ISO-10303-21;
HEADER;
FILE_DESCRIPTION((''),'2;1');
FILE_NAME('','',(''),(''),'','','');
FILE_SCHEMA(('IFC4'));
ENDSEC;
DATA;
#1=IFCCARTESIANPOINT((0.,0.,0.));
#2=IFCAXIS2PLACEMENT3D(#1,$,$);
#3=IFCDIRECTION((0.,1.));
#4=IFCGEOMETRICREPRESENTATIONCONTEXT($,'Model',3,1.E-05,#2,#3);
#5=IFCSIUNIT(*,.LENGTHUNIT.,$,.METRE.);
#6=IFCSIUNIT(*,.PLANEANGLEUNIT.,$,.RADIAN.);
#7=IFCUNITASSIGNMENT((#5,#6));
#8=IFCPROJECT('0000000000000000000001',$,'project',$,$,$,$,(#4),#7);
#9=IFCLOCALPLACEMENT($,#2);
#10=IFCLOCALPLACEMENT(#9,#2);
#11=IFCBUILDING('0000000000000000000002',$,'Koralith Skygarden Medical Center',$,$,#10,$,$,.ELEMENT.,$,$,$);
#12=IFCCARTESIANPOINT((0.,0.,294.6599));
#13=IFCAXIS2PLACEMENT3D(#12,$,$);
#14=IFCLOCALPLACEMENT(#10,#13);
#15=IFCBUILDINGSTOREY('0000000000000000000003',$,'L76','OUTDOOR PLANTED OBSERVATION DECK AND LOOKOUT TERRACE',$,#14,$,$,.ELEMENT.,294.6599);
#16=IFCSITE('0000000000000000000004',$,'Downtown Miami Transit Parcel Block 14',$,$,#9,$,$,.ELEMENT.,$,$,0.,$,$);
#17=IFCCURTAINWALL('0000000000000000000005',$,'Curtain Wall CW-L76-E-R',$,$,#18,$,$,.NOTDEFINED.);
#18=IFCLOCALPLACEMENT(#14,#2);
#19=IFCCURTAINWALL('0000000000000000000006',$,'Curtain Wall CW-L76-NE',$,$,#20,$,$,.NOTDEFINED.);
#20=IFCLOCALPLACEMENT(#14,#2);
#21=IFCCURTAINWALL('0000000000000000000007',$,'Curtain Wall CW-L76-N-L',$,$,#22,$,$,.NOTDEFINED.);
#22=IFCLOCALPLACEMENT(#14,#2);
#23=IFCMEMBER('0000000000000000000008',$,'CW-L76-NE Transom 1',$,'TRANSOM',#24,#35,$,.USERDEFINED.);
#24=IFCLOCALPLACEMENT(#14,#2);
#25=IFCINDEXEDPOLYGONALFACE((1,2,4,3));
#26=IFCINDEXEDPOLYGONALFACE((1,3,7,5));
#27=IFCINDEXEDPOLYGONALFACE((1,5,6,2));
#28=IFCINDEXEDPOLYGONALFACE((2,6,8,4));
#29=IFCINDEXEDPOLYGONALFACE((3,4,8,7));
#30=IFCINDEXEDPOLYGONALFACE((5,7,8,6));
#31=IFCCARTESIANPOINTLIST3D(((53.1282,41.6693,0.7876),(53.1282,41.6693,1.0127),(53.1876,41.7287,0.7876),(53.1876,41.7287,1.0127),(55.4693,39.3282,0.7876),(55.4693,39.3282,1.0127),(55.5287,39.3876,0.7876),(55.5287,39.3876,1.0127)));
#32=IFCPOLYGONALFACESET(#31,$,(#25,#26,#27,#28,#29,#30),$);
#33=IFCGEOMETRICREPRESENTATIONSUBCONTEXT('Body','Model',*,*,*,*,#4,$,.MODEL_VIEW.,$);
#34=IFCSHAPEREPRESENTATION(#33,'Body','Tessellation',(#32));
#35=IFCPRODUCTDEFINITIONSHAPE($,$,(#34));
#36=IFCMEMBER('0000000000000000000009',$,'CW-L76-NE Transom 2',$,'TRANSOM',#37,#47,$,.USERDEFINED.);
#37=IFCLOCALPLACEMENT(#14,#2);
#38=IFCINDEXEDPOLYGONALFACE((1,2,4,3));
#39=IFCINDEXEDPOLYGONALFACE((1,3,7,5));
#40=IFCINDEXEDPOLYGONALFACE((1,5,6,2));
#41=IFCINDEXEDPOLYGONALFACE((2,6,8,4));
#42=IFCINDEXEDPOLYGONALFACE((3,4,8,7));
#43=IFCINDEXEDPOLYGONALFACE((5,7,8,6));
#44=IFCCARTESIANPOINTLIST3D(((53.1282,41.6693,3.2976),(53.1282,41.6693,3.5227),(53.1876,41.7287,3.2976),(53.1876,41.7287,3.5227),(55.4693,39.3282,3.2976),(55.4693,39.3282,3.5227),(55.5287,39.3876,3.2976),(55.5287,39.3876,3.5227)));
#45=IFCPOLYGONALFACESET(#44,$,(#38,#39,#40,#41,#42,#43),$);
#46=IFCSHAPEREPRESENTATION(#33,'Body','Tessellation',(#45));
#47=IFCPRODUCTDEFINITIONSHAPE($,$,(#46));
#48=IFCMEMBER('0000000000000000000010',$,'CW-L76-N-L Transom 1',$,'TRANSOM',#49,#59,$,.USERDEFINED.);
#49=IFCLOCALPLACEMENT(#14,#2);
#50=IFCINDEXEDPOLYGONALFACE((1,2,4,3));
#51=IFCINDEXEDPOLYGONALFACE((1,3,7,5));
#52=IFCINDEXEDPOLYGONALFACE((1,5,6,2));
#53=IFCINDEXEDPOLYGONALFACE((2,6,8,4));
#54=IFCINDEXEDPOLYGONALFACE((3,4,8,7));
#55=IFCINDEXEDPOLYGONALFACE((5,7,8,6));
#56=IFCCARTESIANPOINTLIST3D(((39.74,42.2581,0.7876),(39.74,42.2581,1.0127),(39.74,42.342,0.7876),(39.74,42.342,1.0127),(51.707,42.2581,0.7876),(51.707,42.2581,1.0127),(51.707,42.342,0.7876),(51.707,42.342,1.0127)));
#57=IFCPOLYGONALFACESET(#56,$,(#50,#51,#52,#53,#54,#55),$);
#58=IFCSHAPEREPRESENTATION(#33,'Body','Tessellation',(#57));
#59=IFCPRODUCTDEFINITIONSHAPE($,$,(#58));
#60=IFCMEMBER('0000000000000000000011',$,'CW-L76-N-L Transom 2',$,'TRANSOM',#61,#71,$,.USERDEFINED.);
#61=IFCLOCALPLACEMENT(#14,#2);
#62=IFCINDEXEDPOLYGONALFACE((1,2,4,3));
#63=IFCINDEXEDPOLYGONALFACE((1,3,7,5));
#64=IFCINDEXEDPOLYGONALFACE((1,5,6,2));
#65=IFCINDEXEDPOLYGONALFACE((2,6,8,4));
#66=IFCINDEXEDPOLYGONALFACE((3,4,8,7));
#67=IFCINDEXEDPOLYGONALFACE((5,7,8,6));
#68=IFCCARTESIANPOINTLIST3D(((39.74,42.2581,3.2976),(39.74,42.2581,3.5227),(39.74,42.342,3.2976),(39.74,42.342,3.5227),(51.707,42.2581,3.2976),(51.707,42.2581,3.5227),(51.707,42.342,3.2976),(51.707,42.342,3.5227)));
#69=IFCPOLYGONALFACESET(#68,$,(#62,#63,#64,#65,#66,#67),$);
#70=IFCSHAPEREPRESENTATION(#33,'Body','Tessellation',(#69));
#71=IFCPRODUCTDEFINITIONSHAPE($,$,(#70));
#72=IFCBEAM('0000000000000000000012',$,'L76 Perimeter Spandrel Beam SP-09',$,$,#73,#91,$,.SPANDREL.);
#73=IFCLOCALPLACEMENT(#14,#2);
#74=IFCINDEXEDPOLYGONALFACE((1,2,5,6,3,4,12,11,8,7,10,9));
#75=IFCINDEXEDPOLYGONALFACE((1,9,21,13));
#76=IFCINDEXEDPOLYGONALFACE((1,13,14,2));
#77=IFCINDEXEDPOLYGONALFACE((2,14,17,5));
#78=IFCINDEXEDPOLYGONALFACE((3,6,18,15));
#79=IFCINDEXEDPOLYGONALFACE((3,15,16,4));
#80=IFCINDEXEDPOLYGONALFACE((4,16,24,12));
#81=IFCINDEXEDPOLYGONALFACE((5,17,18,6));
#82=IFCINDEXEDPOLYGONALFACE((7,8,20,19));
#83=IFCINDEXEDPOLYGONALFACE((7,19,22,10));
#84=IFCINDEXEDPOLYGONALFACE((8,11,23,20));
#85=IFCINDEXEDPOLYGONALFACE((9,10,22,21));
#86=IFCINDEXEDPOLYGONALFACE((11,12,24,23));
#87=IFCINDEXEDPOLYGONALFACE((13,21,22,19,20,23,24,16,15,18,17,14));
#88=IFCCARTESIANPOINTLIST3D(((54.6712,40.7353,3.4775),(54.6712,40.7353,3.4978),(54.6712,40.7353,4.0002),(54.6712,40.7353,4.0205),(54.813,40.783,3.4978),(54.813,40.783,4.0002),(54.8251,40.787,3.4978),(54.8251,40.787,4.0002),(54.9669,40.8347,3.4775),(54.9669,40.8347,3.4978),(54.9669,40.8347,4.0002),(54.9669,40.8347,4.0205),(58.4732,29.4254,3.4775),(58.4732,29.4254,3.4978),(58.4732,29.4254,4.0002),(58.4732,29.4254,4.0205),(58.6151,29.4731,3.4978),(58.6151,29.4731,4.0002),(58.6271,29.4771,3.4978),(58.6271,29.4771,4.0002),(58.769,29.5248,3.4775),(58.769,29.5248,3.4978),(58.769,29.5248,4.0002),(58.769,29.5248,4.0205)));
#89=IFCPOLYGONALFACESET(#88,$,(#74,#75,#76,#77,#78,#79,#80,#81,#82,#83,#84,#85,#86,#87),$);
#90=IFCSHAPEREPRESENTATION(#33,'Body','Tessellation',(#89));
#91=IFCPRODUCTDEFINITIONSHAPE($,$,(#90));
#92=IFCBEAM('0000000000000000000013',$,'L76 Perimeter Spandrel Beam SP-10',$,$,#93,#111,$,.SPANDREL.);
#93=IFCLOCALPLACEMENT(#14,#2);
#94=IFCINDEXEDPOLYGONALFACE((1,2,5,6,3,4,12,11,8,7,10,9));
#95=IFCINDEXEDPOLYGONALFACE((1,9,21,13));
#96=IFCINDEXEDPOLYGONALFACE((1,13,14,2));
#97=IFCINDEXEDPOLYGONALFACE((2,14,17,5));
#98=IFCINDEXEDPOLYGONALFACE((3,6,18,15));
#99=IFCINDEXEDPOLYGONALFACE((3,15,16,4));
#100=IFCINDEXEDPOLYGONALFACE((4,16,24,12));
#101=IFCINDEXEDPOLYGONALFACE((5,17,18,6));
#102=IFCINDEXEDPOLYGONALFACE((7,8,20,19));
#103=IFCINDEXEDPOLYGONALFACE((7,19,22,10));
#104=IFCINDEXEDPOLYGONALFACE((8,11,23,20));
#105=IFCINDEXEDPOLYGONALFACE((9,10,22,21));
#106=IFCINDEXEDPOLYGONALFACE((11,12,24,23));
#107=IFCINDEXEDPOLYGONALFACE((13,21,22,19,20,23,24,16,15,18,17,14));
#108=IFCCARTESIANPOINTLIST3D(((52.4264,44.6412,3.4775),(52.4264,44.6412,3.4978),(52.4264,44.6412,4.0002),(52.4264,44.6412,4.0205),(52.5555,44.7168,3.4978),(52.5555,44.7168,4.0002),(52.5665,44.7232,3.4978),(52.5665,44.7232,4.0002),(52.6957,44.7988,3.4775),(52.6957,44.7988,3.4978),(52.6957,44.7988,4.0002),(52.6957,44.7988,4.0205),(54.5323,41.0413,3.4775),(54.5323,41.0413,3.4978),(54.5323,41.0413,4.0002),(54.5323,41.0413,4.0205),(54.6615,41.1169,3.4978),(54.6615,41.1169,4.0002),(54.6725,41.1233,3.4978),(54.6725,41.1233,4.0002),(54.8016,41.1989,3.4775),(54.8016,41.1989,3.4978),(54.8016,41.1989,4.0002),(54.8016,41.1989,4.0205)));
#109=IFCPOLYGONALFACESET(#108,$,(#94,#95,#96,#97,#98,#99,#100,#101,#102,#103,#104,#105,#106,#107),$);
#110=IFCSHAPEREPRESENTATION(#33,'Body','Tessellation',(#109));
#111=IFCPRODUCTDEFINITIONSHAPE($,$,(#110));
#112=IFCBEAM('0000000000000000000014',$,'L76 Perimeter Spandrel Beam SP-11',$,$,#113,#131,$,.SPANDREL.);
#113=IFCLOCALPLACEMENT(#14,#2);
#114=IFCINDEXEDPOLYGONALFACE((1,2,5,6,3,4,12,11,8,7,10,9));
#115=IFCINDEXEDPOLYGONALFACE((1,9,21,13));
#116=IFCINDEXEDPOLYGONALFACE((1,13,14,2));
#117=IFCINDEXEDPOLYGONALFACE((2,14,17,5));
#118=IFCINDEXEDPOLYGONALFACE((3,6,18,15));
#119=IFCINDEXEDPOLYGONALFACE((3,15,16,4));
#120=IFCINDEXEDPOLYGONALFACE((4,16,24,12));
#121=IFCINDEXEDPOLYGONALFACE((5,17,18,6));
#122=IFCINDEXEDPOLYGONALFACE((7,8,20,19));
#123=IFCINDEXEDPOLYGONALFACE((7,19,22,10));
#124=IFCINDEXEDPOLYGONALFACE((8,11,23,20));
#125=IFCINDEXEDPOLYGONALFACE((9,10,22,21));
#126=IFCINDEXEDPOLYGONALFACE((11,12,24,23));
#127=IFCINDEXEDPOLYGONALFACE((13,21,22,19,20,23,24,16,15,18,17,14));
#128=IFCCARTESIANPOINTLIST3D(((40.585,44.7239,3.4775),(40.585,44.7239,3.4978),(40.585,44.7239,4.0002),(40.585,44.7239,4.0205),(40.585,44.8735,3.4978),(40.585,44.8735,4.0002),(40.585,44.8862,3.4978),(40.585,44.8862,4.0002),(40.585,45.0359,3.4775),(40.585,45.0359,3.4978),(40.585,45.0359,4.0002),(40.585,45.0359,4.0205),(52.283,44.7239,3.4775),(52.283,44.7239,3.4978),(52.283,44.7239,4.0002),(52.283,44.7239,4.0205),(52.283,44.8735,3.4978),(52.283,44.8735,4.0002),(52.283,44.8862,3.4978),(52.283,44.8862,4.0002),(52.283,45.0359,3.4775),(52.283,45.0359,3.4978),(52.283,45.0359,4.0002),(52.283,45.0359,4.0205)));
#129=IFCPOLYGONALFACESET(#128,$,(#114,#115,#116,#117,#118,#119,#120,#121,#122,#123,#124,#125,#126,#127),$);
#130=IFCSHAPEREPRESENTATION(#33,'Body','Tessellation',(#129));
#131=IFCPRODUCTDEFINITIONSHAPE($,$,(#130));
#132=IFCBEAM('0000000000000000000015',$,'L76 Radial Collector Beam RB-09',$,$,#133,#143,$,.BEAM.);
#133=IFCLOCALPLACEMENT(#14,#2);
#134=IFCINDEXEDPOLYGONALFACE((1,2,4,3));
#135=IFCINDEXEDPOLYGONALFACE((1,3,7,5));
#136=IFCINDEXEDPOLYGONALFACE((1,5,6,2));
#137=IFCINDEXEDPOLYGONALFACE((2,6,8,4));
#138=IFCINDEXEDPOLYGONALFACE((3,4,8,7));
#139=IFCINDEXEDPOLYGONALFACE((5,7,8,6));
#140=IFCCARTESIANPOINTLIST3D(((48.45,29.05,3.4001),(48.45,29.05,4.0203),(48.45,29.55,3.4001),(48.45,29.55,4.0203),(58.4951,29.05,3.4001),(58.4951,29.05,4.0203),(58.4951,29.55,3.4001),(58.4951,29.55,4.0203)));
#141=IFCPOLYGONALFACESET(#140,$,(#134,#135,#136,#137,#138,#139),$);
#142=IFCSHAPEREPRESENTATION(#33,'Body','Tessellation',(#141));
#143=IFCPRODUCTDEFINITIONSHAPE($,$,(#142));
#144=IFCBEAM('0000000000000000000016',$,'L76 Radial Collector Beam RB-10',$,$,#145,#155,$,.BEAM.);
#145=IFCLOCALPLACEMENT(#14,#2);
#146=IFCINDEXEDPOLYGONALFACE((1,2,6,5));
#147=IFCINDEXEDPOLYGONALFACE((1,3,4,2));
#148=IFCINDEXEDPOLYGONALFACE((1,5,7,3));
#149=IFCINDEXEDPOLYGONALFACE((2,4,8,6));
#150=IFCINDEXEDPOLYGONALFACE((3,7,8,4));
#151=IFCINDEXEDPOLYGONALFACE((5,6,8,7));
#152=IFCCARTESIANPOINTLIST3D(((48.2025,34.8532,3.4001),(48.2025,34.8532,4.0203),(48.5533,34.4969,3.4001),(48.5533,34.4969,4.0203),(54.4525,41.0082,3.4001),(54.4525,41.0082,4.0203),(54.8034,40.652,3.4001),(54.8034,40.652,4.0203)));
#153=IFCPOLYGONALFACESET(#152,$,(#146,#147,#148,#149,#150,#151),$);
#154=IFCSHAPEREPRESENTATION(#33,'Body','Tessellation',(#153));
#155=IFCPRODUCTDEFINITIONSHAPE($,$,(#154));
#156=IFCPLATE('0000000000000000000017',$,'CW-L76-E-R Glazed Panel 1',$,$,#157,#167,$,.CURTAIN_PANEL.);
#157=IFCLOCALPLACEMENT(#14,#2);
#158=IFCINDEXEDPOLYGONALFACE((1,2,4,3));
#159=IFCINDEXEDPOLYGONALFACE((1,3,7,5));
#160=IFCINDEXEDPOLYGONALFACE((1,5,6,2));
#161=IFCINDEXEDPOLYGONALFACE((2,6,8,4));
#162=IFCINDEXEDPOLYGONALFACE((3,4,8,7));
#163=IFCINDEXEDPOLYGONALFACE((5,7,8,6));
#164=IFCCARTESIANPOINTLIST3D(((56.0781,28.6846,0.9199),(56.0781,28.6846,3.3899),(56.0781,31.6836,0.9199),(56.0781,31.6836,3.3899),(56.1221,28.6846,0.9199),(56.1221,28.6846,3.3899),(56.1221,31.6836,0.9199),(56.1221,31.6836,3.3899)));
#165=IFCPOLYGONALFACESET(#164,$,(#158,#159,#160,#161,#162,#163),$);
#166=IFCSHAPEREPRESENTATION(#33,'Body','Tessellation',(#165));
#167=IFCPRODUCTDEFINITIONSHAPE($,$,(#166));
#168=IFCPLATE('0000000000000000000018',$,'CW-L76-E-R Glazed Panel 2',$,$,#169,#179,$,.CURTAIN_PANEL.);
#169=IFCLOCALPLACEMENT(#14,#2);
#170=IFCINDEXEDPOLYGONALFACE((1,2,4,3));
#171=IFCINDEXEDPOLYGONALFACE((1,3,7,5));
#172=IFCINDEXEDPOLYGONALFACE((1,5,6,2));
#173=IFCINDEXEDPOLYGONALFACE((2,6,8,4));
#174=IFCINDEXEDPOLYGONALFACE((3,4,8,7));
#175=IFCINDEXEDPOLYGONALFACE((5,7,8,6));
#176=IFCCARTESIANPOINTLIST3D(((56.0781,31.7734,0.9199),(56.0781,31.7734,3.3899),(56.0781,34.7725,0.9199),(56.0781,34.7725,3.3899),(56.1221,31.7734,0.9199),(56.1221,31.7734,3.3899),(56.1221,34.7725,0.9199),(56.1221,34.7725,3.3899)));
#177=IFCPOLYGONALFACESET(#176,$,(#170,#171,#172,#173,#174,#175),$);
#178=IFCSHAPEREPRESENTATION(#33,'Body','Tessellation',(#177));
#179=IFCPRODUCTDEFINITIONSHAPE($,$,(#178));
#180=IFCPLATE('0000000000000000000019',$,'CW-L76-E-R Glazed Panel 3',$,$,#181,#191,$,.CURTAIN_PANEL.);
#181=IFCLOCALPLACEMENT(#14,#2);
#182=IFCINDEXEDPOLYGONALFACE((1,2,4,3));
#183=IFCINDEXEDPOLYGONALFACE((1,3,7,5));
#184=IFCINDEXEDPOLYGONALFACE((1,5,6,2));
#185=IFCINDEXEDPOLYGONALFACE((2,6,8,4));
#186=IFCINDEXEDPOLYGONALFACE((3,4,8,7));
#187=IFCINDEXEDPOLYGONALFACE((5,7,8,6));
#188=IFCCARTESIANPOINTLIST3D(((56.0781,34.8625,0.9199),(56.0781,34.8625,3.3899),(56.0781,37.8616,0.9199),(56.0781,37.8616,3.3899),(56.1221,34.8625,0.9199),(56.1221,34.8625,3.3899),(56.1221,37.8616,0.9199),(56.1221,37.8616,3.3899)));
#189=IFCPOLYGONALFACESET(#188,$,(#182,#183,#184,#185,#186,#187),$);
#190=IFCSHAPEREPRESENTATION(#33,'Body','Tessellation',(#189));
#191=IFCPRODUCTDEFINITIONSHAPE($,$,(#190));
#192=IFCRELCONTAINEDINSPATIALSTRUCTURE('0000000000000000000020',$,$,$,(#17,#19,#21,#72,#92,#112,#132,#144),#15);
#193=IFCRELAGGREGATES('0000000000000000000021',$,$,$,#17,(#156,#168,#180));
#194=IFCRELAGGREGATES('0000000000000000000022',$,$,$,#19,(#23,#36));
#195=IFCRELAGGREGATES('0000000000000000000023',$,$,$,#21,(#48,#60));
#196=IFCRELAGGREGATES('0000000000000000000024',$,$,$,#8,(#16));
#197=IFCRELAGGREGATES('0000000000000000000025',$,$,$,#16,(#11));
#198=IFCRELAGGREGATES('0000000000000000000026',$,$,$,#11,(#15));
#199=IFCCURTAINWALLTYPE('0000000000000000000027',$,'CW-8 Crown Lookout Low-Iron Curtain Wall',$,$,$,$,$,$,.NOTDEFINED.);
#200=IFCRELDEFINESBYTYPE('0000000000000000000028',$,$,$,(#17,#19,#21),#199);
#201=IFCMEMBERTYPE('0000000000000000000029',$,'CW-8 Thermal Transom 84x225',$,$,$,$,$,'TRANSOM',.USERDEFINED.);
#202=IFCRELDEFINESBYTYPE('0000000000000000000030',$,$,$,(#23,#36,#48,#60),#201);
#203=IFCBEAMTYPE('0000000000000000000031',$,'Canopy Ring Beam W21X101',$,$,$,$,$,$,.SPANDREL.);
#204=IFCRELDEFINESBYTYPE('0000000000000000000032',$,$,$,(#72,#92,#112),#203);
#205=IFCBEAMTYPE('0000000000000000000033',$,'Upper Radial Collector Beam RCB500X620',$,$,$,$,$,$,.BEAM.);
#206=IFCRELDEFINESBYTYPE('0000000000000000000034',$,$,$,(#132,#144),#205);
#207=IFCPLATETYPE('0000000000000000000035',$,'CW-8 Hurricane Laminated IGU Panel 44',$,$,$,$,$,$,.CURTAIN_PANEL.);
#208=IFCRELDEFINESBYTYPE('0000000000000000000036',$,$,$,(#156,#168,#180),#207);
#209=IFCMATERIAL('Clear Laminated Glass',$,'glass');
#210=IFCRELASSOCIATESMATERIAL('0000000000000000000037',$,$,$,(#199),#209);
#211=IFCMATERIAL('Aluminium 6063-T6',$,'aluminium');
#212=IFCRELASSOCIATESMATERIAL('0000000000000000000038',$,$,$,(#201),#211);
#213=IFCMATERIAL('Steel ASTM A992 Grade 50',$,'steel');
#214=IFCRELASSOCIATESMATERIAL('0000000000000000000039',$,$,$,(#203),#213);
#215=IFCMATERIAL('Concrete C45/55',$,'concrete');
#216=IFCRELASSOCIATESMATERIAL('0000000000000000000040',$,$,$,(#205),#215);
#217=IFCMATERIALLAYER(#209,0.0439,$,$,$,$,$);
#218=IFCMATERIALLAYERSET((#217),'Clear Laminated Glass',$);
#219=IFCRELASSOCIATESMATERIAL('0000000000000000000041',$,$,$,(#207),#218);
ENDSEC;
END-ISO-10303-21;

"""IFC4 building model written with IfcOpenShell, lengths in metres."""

from ifc_helpers import new_model, si_unit, direction, frame, origin, origin_2d, place, context, subcontext, project, spatial, rectangle, i_section, extrude, material, layer, layer_set, material_profile, profile_set, type_object, element, aggregate, save


model = new_model("IFC4")

# Units and contexts
model_context = context("Model", 3, precision=1e-05, world=origin(), true_north=direction((0.0, 1.0)))
body_context = subcontext(model_context, "Body", "Model", "MODEL_VIEW")
ifc_project = project(units=[si_unit("LENGTHUNIT", "METRE"), si_unit("PLANEANGLEUNIT", "RADIAN")], contexts=[model_context])

# Site, building, storey
site_placement = place(None, origin())
site = spatial("IfcSite", under=ifc_project, at=site_placement, Name="Downtown Miami Transit Parcel Block 14", CompositionType="ELEMENT", RefElevation=0.0)
building_placement = place(site_placement, origin())
building = spatial("IfcBuilding", under=site, at=building_placement, Name="Koralith Skygarden Medical Center", CompositionType="ELEMENT")
storey_placement = place(building_placement, frame((0.0, 0.0, 294.6599)))
storey = spatial("IfcBuildingStorey", under=building, at=storey_placement, Name="L76", Description="OUTDOOR PLANTED OBSERVATION DECK AND LOOKOUT TERRACE", CompositionType="ELEMENT", Elevation=294.6599)

# Shared definitions
ifc_material_1 = material(Name="Steel ASTM A992 Grade 50", Category="steel")

# Curtain walls
ifc_material_2 = material(Name="Clear Laminated Glass", Category="glass")
curtain_wall_type = type_object("IfcCurtainWallType", Name="CW-8 Crown Lookout Low-Iron Curtain Wall", PredefinedType="NOTDEFINED", material=ifc_material_2)
curtain_wall_1_placement = place(storey_placement, origin())
curtain_wall_1 = element("IfcCurtainWall", 1, at=curtain_wall_1_placement, inside=storey, type_object=curtain_wall_type, Name="Curtain Wall CW-L76-E-R", PredefinedType="NOTDEFINED")
ifc_material_3 = material(Name="Aluminium 6063-T6", Category="aluminium")
curtain_wall_2_placement = place(storey_placement, origin())
curtain_wall_2 = element("IfcCurtainWall", 2, at=curtain_wall_2_placement, inside=storey, type_object=curtain_wall_type, Name="Curtain Wall CW-L76-NE", PredefinedType="NOTDEFINED")

# Curtain wall
curtain_wall_3_placement = place(storey_placement, origin())
curtain_wall_3 = element("IfcCurtainWall", 3, at=curtain_wall_3_placement, inside=storey, type_object=curtain_wall_type, Name="Curtain Wall CW-L76-N-L", PredefinedType="NOTDEFINED")

# Members
ifc_material_profile_1 = material_profile(ifc_material_3, rectangle(XDim=0.084, YDim=0.2251, at=origin_2d()), Name="TRN84X225")
ifc_profile_set_1 = profile_set([ifc_material_profile_1], Name="Aluminium 6063-T6")
member_type_1 = type_object("IfcMemberType", Name="CW-8 Thermal Transom 84x225", ElementType="TRANSOM", PredefinedType="USERDEFINED", material=ifc_profile_set_1)
member_1_placement = place(storey_placement, frame((55.499, 39.3579, 0.9001), z_axis=(-0.707107, 0.707107, 0.0), x_axis=(-0.707107, -0.707107, 0.0)))
member_1 = element("IfcMember", 4, at=member_1_placement, type_object=member_type_1, Name="CW-L76-NE Transom 1", ObjectType="TRANSOM", PredefinedType="USERDEFINED", context=body_context, shape_type="SweptSolid", body=[
    extrude(rectangle(XDim=0.084, YDim=0.2251, at=origin_2d()), origin(), (0.0, 0.0, 1.0), 3.3108),
])
member_2_placement = place(storey_placement, frame((55.499, 39.3579, 3.4102), z_axis=(-0.707107, 0.707107, 0.0), x_axis=(-0.707107, -0.707107, 0.0)))
member_2 = element("IfcMember", 5, at=member_2_placement, type_object=member_type_1, Name="CW-L76-NE Transom 2", ObjectType="TRANSOM", PredefinedType="USERDEFINED", context=body_context, shape_type="SweptSolid", body=[
    extrude(rectangle(XDim=0.084, YDim=0.2251, at=origin_2d()), origin(), (0.0, 0.0, 1.0), 3.3108),
])
member_3_placement = place(storey_placement, frame((51.707, 42.3, 0.9001), z_axis=(-1.0, 0.0, 0.0), x_axis=(0.0, -1.0, 0.0)))
member_3 = element("IfcMember", 6, at=member_3_placement, type_object=member_type_1, Name="CW-L76-N-L Transom 1", ObjectType="TRANSOM", PredefinedType="USERDEFINED", context=body_context, shape_type="SweptSolid", body=[
    extrude(rectangle(XDim=0.084, YDim=0.2251, at=origin_2d()), origin(), (0.0, 0.0, 1.0), 11.967),
])
member_4_placement = place(storey_placement, frame((51.707, 42.3, 3.4102), z_axis=(-1.0, 0.0, 0.0), x_axis=(0.0, -1.0, 0.0)))
member_4 = element("IfcMember", 7, at=member_4_placement, type_object=member_type_1, Name="CW-L76-N-L Transom 2", ObjectType="TRANSOM", PredefinedType="USERDEFINED", context=body_context, shape_type="SweptSolid", body=[
    extrude(rectangle(XDim=0.084, YDim=0.2251, at=origin_2d()), origin(), (0.0, 0.0, 1.0), 11.967),
])

# Beams
ifc_material_profile_2 = material_profile(ifc_material_1, i_section(OverallWidth=0.312, OverallDepth=0.543, WebThickness=0.0127, FlangeThickness=0.0203, at=origin_2d()), Name="W21X101")
ifc_profile_set_2 = profile_set([ifc_material_profile_2], Name="Steel ASTM A992 Grade 50")
beam_type_1 = type_object("IfcBeamType", Name="Canopy Ring Beam W21X101", PredefinedType="SPANDREL", material=ifc_profile_set_2)
beam_1_placement = place(storey_placement, frame((58.6211, 29.4751, 3.749), z_axis=(-0.318645, 0.947874, 0.0), x_axis=(-0.947874, -0.318645, 0.0)))
element("IfcBeam", 8, at=beam_1_placement, inside=storey, type_object=beam_type_1, Name="L76 Perimeter Spandrel Beam SP-09", PredefinedType="SPANDREL", context=body_context, shape_type="SweptSolid", body=[
    extrude(i_section(OverallWidth=0.312, OverallDepth=0.543, WebThickness=0.0127, FlangeThickness=0.0203, at=origin_2d()), origin(), (0.0, 0.0, 1.0), 11.9319),
])
beam_2_placement = place(storey_placement, frame((54.667, 41.1201, 3.749), z_axis=(-0.504952, 0.863148, 0.0), x_axis=(-0.863148, -0.504952, 0.0)))
element("IfcBeam", 9, at=beam_2_placement, inside=storey, type_object=beam_type_1, Name="L76 Perimeter Spandrel Beam SP-10", PredefinedType="SPANDREL", context=body_context, shape_type="SweptSolid", body=[
    extrude(i_section(OverallWidth=0.312, OverallDepth=0.543, WebThickness=0.0127, FlangeThickness=0.0203, at=origin_2d()), origin(), (0.0, 0.0, 1.0), 4.1707),
])
beam_3_placement = place(storey_placement, frame((52.283, 44.8799, 3.749), z_axis=(-1.0, 0.0, 0.0), x_axis=(0.0, -1.0, 0.0)))
element("IfcBeam", 10, at=beam_3_placement, inside=storey, type_object=beam_type_1, Name="L76 Perimeter Spandrel Beam SP-11", PredefinedType="SPANDREL", context=body_context, shape_type="SweptSolid", body=[
    extrude(i_section(OverallWidth=0.312, OverallDepth=0.543, WebThickness=0.0127, FlangeThickness=0.0203, at=origin_2d()), origin(), (0.0, 0.0, 1.0), 11.698),
])
ifc_material_4 = material(Name="Concrete C45/55", Category="concrete")
ifc_material_profile_3 = material_profile(ifc_material_4, rectangle(XDim=0.5, YDim=0.6201, at=origin_2d()), Name="RCB500X620")
ifc_profile_set_3 = profile_set([ifc_material_profile_3], Name="Concrete C45/55")
beam_type_2 = type_object("IfcBeamType", Name="Upper Radial Collector Beam RCB500X620", PredefinedType="BEAM", material=ifc_profile_set_3)
beam_4_placement = place(storey_placement, frame((48.45, 29.3, 3.7102), z_axis=(1.0, 0.0, 0.0), x_axis=(0.0, 1.0, 0.0)))
element("IfcBeam", 11, at=beam_4_placement, inside=storey, type_object=beam_type_2, Name="L76 Radial Collector Beam RB-09", PredefinedType="BEAM", context=body_context, shape_type="SweptSolid", body=[
    extrude(rectangle(XDim=0.5, YDim=0.6201, at=origin_2d()), origin(), (0.0, 0.0, 1.0), 10.0452),
])
beam_5_placement = place(storey_placement, frame((48.3779, 34.675, 3.7102), z_axis=(0.712499, 0.701673, 0.0), x_axis=(-0.701673, 0.712499, 0.0)))
element("IfcBeam", 12, at=beam_5_placement, inside=storey, type_object=beam_type_2, Name="L76 Radial Collector Beam RB-10", PredefinedType="BEAM", context=body_context, shape_type="SweptSolid", body=[
    extrude(rectangle(XDim=0.5, YDim=0.6201, at=origin_2d()), origin(), (0.0, 0.0, 1.0), 8.772),
])

# Plates
ifc_layer_1 = layer(ifc_material_2, 0.0439)
ifc_layer_set_1 = layer_set([ifc_layer_1], Name="Clear Laminated Glass")
plate_type_1 = type_object("IfcPlateType", Name="CW-8 Hurricane Laminated IGU Panel 44", PredefinedType="CURTAIN_PANEL", material=ifc_layer_set_1)
plate_1_placement = place(storey_placement, frame((56.1001, 30.1841, 0.9199), z_axis=(0.0, 0.0, 1.0), x_axis=(0.0, 1.0, 0.0)))
plate_1 = element("IfcPlate", 13, at=plate_1_placement, type_object=plate_type_1, Name="CW-L76-E-R Glazed Panel 1", PredefinedType="CURTAIN_PANEL", context=body_context, shape_type="SweptSolid", body=[
    extrude(rectangle(XDim=2.999, YDim=0.0439, at=origin_2d()), origin(), (0.0, 0.0, 1.0), 2.47),
])
plate_2_placement = place(storey_placement, frame((56.1001, 33.2729, 0.9199), z_axis=(0.0, 0.0, 1.0), x_axis=(0.0, 1.0, 0.0)))
plate_2 = element("IfcPlate", 14, at=plate_2_placement, type_object=plate_type_1, Name="CW-L76-E-R Glazed Panel 2", PredefinedType="CURTAIN_PANEL", context=body_context, shape_type="SweptSolid", body=[
    extrude(rectangle(XDim=2.999, YDim=0.0439, at=origin_2d()), origin(), (0.0, 0.0, 1.0), 2.47),
])
plate_3_placement = place(storey_placement, frame((56.1001, 36.3621, 0.9199), z_axis=(0.0, 0.0, 1.0), x_axis=(0.0, 1.0, 0.0)))
plate_3 = element("IfcPlate", 15, at=plate_3_placement, type_object=plate_type_1, Name="CW-L76-E-R Glazed Panel 3", PredefinedType="CURTAIN_PANEL", context=body_context, shape_type="SweptSolid", body=[
    extrude(rectangle(XDim=2.999, YDim=0.0439, at=origin_2d()), origin(), (0.0, 0.0, 1.0), 2.47),
])
aggregate(curtain_wall_1, [plate_1, plate_2, plate_3])
aggregate(curtain_wall_2, [member_1, member_2])
aggregate(curtain_wall_3, [member_3, member_4])

save(model, "model.ifc")
